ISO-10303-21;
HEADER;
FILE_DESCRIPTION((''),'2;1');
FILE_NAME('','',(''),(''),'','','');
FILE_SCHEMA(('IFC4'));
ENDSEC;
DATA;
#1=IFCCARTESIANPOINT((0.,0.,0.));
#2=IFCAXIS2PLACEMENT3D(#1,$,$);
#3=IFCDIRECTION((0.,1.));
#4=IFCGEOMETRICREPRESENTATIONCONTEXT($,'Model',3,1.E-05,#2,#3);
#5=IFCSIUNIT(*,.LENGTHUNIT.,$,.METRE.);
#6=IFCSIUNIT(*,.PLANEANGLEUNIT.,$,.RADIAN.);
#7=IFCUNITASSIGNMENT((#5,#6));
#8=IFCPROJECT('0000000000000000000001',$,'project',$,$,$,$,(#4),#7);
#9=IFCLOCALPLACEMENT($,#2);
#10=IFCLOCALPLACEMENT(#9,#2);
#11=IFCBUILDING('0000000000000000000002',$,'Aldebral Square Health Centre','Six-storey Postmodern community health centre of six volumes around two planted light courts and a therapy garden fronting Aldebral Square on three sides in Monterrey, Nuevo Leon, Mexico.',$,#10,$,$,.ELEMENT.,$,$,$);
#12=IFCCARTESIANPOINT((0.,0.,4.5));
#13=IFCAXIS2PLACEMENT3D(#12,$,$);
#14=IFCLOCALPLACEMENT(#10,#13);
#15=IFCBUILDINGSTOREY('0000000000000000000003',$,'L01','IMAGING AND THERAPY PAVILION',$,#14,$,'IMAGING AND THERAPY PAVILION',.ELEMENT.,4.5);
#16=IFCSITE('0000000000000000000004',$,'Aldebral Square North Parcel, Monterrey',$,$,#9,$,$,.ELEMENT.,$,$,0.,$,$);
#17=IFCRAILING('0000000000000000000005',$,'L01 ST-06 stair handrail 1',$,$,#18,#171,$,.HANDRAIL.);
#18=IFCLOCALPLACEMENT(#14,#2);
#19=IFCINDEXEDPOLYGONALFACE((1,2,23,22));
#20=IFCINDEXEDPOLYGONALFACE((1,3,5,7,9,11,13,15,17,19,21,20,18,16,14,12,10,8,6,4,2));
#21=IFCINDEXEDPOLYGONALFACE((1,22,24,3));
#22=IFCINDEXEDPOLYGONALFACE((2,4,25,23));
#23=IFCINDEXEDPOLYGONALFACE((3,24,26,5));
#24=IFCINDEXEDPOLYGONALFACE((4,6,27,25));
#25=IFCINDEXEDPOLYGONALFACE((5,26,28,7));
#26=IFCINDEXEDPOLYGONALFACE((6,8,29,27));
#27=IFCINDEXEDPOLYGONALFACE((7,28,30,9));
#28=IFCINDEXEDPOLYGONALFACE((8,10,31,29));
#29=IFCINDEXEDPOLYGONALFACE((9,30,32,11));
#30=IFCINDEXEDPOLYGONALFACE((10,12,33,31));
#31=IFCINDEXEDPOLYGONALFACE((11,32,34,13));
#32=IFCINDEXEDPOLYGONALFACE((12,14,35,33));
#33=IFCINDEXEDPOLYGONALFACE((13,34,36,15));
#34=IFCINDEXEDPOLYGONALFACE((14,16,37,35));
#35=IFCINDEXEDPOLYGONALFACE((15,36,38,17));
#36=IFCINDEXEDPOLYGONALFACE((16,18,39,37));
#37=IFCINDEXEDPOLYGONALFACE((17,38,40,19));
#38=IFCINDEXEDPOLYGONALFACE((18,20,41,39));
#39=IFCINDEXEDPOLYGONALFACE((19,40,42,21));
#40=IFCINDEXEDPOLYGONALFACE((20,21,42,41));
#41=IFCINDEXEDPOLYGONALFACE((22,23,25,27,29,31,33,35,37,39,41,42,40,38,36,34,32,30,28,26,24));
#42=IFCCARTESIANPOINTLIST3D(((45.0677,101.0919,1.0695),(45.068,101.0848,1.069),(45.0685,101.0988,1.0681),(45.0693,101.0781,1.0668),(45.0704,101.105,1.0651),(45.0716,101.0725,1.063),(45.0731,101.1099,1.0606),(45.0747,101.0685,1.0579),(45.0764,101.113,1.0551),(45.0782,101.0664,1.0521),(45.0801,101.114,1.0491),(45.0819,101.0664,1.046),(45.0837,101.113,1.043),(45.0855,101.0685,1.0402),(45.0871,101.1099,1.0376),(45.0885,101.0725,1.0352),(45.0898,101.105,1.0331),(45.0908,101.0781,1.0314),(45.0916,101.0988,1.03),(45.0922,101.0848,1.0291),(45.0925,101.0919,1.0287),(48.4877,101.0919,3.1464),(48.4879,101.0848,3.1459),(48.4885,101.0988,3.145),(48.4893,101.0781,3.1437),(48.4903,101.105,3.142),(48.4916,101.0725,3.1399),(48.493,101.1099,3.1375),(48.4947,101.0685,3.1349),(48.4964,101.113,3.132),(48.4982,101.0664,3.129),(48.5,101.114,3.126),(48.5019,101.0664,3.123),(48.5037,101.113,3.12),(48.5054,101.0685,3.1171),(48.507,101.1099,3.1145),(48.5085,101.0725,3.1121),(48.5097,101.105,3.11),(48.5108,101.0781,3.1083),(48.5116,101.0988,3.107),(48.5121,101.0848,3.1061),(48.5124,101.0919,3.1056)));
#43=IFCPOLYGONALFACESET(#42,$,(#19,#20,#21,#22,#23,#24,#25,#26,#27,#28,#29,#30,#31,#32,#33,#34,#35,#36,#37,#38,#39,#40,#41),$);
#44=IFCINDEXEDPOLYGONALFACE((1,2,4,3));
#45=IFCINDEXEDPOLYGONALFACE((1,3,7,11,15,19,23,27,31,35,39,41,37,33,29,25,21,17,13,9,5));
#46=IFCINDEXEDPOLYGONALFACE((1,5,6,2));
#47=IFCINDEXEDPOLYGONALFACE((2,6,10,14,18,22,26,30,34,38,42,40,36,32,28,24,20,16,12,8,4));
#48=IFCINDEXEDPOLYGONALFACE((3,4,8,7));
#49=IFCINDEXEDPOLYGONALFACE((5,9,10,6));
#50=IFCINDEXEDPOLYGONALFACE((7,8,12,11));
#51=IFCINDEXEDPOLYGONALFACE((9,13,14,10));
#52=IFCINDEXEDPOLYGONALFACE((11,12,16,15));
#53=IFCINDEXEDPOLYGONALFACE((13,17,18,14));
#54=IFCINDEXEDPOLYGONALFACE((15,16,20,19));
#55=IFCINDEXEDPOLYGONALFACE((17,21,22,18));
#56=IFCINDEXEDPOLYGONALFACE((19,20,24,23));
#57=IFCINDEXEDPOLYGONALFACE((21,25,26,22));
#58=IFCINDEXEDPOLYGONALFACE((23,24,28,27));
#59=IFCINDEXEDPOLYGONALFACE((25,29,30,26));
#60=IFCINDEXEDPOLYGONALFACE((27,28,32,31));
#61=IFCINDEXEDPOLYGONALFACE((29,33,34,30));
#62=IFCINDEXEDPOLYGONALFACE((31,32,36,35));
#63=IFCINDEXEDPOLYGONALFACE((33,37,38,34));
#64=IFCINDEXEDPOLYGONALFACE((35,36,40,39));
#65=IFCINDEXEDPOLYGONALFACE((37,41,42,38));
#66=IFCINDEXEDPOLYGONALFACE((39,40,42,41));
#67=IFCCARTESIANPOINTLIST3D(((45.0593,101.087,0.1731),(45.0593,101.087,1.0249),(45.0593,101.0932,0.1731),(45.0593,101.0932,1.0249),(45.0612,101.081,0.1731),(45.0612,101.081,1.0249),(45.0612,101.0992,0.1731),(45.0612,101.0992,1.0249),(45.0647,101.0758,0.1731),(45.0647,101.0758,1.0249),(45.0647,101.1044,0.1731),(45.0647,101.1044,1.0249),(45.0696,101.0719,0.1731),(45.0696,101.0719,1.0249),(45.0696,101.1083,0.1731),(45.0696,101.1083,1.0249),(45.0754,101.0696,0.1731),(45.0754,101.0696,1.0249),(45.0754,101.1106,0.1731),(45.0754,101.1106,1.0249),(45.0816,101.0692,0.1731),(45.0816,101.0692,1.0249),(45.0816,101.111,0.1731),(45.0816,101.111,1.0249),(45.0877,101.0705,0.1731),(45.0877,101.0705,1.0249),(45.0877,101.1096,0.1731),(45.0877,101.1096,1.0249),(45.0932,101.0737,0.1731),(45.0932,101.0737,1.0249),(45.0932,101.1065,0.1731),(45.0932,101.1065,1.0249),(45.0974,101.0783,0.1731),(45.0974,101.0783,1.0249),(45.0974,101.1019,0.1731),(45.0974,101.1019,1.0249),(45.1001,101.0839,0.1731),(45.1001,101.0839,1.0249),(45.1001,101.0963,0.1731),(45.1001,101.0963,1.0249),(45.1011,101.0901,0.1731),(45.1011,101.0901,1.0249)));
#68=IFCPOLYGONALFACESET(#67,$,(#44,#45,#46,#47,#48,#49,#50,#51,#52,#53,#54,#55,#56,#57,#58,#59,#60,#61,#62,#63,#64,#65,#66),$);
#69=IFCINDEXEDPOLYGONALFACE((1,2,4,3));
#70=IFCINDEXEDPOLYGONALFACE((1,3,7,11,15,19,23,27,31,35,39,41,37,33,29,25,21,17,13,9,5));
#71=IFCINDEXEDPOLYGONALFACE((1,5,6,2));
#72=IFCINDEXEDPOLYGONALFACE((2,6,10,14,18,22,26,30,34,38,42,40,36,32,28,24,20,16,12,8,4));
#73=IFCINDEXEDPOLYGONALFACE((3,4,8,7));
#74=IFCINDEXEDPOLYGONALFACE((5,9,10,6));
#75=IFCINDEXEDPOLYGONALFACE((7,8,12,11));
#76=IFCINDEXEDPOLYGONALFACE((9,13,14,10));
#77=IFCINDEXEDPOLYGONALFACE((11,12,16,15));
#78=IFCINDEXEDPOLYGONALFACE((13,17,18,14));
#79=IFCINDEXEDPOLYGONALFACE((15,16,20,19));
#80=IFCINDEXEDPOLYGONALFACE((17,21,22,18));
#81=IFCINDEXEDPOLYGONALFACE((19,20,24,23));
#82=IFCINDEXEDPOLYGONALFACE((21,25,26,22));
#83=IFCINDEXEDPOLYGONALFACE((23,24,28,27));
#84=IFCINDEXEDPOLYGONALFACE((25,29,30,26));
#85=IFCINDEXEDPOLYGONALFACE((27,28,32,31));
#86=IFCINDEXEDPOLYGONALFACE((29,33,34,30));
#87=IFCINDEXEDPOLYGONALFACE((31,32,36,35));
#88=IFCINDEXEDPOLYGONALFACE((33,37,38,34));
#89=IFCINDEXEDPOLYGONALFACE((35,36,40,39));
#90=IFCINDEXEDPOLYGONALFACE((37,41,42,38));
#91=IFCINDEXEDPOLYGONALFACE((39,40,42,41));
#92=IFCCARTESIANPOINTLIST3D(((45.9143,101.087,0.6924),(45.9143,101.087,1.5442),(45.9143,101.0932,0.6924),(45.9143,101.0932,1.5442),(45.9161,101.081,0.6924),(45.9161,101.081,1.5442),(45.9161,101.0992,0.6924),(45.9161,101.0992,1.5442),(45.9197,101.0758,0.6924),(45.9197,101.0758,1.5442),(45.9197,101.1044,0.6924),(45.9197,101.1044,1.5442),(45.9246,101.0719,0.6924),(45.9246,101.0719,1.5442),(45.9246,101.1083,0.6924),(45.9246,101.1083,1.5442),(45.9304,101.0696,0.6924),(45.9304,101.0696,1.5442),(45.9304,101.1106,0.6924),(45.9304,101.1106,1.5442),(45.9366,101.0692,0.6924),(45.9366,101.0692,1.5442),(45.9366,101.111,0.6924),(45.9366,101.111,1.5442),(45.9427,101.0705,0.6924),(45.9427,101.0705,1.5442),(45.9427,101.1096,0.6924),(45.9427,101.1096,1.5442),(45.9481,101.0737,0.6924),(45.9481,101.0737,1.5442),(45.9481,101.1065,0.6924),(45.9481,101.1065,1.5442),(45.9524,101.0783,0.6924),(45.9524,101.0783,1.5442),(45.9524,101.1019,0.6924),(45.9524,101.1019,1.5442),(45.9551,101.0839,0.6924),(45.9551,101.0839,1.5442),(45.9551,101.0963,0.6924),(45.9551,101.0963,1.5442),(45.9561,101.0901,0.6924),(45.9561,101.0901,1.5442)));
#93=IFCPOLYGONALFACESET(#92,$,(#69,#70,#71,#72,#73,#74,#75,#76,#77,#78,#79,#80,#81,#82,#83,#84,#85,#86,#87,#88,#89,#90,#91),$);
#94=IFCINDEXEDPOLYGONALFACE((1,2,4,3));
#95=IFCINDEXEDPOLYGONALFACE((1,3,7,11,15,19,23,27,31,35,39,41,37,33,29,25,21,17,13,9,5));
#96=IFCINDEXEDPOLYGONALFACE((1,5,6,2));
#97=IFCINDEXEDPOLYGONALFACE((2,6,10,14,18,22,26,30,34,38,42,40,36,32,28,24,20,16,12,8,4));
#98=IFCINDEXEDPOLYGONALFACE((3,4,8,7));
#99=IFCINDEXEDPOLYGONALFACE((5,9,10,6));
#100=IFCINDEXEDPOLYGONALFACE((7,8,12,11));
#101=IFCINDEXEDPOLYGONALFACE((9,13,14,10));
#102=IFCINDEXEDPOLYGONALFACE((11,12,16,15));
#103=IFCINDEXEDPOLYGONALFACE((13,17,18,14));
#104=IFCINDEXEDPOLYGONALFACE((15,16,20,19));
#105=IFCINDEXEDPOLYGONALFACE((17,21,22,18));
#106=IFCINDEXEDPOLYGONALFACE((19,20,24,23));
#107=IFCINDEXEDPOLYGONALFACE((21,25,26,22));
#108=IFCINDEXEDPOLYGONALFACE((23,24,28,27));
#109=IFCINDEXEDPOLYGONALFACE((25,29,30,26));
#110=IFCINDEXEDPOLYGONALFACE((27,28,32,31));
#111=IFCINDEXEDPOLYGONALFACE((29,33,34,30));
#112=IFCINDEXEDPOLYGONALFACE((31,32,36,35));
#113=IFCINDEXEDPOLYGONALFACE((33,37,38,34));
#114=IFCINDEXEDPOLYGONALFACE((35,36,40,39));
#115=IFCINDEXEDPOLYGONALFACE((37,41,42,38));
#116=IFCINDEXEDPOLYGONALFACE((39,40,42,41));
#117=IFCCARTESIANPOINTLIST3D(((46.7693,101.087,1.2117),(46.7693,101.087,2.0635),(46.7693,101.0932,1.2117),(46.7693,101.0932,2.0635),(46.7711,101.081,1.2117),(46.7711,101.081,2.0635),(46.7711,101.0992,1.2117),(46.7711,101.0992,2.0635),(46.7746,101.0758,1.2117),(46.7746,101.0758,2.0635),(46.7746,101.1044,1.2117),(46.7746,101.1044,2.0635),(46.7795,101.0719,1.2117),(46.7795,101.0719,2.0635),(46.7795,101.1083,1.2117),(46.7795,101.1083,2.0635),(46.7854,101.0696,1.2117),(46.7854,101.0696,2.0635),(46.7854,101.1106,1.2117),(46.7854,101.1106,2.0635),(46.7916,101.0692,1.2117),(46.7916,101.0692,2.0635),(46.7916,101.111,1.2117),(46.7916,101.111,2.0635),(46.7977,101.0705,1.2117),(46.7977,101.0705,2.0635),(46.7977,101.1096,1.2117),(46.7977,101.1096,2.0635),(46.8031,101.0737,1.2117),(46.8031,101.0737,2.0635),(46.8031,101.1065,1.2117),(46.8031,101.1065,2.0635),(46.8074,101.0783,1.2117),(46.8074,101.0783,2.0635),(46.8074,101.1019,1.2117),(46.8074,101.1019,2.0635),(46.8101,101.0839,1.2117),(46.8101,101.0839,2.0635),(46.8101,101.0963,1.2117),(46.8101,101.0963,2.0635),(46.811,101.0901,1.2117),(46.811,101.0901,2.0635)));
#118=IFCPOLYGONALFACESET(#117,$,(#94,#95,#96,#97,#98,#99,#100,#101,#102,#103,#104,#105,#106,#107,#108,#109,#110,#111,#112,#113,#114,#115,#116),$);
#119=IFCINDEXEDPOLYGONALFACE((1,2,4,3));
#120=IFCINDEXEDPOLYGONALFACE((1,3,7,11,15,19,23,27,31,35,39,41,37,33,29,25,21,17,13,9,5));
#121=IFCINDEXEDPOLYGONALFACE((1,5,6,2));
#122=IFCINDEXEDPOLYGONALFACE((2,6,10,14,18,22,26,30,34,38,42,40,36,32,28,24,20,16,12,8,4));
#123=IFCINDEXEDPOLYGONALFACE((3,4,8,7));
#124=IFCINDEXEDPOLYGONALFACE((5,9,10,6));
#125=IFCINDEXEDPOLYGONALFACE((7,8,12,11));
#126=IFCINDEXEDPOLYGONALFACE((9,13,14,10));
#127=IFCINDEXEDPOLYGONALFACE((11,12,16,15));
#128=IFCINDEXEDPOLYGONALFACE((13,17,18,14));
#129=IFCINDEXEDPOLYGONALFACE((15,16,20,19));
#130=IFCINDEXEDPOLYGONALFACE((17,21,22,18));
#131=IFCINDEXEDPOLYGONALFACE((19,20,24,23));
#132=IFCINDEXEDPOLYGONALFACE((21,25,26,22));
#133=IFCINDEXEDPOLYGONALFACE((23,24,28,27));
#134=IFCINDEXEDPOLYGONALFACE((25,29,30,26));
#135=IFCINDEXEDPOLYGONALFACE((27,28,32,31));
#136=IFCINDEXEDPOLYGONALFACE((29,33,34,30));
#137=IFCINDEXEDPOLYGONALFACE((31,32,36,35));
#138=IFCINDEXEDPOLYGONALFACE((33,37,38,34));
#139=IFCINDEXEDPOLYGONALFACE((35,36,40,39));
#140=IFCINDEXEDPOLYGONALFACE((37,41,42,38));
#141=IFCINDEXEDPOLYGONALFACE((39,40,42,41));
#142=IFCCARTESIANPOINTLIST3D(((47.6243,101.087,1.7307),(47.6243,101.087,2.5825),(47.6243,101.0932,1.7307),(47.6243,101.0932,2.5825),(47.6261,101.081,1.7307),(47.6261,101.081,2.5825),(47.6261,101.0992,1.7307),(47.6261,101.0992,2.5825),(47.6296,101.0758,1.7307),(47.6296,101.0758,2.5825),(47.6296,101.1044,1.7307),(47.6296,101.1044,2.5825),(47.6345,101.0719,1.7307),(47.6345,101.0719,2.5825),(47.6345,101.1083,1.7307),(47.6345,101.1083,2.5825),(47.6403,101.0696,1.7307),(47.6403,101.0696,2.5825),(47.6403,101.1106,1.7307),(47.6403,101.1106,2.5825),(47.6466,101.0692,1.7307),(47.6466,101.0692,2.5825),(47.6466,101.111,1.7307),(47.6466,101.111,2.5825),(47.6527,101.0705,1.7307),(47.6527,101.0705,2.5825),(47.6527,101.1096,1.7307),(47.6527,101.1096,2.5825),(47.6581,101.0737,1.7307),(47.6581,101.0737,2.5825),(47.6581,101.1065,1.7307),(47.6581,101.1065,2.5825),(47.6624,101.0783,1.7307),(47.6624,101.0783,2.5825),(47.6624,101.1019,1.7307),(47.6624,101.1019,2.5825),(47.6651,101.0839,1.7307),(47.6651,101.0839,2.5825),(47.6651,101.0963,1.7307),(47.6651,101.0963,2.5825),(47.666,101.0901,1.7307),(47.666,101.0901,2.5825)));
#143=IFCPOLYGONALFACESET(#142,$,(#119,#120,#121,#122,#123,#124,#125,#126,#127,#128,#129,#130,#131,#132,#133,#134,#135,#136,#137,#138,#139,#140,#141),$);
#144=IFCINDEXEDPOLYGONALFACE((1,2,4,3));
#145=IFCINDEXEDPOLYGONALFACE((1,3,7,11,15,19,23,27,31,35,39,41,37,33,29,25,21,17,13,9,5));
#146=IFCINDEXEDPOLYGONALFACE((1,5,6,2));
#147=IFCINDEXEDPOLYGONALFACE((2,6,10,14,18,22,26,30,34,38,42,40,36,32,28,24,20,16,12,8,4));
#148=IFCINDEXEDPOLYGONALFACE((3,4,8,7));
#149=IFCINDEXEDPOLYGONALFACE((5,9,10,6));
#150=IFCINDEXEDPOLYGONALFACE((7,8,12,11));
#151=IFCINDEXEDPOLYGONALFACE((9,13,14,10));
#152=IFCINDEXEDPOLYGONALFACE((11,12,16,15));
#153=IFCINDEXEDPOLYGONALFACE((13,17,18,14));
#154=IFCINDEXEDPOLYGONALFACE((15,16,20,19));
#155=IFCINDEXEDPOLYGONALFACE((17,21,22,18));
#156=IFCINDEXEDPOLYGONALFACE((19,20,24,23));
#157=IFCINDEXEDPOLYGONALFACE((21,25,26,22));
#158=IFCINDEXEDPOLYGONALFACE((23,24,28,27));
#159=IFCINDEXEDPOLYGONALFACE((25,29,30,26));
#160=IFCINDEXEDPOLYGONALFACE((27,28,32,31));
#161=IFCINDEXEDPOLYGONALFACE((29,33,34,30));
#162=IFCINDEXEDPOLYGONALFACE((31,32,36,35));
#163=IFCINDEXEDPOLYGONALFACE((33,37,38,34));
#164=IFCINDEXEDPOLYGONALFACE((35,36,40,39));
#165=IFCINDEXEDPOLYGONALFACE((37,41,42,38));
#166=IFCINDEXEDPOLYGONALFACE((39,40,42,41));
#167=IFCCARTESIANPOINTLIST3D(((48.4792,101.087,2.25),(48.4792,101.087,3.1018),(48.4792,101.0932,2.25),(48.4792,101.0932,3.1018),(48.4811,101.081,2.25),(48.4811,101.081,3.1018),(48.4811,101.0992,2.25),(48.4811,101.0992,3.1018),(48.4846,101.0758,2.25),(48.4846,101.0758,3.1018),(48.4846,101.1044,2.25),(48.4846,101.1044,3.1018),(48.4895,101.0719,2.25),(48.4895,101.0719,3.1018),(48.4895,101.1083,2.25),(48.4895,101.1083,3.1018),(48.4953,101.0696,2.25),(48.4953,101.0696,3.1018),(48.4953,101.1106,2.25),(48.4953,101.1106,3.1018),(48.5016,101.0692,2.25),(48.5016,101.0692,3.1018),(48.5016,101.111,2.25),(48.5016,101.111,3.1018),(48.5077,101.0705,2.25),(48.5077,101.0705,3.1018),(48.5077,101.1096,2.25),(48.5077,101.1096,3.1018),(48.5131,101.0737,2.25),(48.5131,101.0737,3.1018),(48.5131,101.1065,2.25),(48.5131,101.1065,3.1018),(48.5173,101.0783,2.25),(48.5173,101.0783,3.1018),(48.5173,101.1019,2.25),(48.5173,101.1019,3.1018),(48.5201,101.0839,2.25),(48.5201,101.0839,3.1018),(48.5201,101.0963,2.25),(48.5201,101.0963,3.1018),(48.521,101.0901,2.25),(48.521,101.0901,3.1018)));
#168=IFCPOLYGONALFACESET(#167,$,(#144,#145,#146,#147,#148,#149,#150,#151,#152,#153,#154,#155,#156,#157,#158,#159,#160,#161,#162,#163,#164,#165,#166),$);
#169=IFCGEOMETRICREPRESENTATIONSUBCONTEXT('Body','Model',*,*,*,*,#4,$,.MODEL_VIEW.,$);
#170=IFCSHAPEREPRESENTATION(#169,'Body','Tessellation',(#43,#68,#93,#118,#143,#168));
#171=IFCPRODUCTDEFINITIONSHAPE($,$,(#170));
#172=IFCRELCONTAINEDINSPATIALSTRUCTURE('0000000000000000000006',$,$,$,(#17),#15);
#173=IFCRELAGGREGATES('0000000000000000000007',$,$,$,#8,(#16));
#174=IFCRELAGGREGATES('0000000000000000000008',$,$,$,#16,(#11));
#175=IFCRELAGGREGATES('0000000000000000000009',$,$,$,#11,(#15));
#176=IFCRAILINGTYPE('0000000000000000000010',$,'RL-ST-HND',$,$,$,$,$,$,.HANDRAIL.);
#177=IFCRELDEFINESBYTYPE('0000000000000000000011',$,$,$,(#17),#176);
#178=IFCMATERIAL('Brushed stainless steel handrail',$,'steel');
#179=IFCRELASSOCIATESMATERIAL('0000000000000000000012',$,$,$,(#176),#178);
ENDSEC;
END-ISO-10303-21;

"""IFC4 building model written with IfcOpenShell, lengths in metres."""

from ifc_helpers import new_model, si_unit, direction, frame, origin, origin_2d, place, context, subcontext, project, spatial, circle, extrude, material, type_object, element, save


model = new_model("IFC4")

# Units and contexts
model_context = context("Model", 3, precision=1e-05, world=origin(), true_north=direction((0.0, 1.0)))
body_context = subcontext(model_context, "Body", "Model", "MODEL_VIEW")
ifc_project = project(units=[si_unit("LENGTHUNIT", "METRE"), si_unit("PLANEANGLEUNIT", "RADIAN")], contexts=[model_context])

# Site, building, storey
site_placement = place(None, origin())
site = spatial("IfcSite", under=ifc_project, at=site_placement, Name="Aldebral Square North Parcel, Monterrey", CompositionType="ELEMENT", RefElevation=0.0)
building_placement = place(site_placement, origin())
building = spatial("IfcBuilding", under=site, at=building_placement, Name="Aldebral Square Health Centre", Description="Six-storey Postmodern community health centre of six volumes around two planted light courts and a therapy garden fronting Aldebral Square on three sides in Monterrey, Nuevo Leon, Mexico.", CompositionType="ELEMENT")
storey_placement = place(building_placement, frame((0.0, 0.0, 4.5)))
storey = spatial("IfcBuildingStorey", under=building, at=storey_placement, Name="L01", Description="IMAGING AND THERAPY PAVILION", LongName="IMAGING AND THERAPY PAVILION", CompositionType="ELEMENT", Elevation=4.5)

# Railing
ifc_material_1 = material(Name="Brushed stainless steel handrail", Category="steel")
railing_type_1 = type_object("IfcRailingType", Name="RL-ST-HND", PredefinedType="HANDRAIL", material=ifc_material_1)
railing_1_placement = place(storey_placement, frame((45.0801, 101.0901, 0.1731)))
element("IfcRailing", 1, at=railing_1_placement, inside=storey, type_object=railing_type_1, Name="L01 ST-06 stair handrail 1", PredefinedType="HANDRAIL", context=body_context, shape_type="SweptSolid", body=[
    extrude(circle(Radius=0.0239, at=origin_2d()), frame((0.0, 0.0, 0.876), z_axis=(0.85473, 0.0, 0.519074), x_axis=(0.0, 1.0, 0.0)), (0.0, 0.0, 1.0), 4.0012),
    extrude(circle(Radius=0.021, at=origin_2d()), origin(), (0.0, 0.0, 1.0), 0.8518),
    extrude(circle(Radius=0.021, at=origin_2d()), frame((0.855, 0.0, 0.5193)), (0.0, 0.0, 1.0), 0.8518),
    extrude(circle(Radius=0.021, at=origin_2d()), frame((1.71, 0.0, 1.0386)), (0.0, 0.0, 1.0), 0.8518),
    extrude(circle(Radius=0.021, at=origin_2d()), frame((2.5649, 0.0, 1.5576)), (0.0, 0.0, 1.0), 0.8518),
    extrude(circle(Radius=0.021, at=origin_2d()), frame((3.4199, 0.0, 2.0769)), (0.0, 0.0, 1.0), 0.8518),
])

save(model, "model.ifc")
